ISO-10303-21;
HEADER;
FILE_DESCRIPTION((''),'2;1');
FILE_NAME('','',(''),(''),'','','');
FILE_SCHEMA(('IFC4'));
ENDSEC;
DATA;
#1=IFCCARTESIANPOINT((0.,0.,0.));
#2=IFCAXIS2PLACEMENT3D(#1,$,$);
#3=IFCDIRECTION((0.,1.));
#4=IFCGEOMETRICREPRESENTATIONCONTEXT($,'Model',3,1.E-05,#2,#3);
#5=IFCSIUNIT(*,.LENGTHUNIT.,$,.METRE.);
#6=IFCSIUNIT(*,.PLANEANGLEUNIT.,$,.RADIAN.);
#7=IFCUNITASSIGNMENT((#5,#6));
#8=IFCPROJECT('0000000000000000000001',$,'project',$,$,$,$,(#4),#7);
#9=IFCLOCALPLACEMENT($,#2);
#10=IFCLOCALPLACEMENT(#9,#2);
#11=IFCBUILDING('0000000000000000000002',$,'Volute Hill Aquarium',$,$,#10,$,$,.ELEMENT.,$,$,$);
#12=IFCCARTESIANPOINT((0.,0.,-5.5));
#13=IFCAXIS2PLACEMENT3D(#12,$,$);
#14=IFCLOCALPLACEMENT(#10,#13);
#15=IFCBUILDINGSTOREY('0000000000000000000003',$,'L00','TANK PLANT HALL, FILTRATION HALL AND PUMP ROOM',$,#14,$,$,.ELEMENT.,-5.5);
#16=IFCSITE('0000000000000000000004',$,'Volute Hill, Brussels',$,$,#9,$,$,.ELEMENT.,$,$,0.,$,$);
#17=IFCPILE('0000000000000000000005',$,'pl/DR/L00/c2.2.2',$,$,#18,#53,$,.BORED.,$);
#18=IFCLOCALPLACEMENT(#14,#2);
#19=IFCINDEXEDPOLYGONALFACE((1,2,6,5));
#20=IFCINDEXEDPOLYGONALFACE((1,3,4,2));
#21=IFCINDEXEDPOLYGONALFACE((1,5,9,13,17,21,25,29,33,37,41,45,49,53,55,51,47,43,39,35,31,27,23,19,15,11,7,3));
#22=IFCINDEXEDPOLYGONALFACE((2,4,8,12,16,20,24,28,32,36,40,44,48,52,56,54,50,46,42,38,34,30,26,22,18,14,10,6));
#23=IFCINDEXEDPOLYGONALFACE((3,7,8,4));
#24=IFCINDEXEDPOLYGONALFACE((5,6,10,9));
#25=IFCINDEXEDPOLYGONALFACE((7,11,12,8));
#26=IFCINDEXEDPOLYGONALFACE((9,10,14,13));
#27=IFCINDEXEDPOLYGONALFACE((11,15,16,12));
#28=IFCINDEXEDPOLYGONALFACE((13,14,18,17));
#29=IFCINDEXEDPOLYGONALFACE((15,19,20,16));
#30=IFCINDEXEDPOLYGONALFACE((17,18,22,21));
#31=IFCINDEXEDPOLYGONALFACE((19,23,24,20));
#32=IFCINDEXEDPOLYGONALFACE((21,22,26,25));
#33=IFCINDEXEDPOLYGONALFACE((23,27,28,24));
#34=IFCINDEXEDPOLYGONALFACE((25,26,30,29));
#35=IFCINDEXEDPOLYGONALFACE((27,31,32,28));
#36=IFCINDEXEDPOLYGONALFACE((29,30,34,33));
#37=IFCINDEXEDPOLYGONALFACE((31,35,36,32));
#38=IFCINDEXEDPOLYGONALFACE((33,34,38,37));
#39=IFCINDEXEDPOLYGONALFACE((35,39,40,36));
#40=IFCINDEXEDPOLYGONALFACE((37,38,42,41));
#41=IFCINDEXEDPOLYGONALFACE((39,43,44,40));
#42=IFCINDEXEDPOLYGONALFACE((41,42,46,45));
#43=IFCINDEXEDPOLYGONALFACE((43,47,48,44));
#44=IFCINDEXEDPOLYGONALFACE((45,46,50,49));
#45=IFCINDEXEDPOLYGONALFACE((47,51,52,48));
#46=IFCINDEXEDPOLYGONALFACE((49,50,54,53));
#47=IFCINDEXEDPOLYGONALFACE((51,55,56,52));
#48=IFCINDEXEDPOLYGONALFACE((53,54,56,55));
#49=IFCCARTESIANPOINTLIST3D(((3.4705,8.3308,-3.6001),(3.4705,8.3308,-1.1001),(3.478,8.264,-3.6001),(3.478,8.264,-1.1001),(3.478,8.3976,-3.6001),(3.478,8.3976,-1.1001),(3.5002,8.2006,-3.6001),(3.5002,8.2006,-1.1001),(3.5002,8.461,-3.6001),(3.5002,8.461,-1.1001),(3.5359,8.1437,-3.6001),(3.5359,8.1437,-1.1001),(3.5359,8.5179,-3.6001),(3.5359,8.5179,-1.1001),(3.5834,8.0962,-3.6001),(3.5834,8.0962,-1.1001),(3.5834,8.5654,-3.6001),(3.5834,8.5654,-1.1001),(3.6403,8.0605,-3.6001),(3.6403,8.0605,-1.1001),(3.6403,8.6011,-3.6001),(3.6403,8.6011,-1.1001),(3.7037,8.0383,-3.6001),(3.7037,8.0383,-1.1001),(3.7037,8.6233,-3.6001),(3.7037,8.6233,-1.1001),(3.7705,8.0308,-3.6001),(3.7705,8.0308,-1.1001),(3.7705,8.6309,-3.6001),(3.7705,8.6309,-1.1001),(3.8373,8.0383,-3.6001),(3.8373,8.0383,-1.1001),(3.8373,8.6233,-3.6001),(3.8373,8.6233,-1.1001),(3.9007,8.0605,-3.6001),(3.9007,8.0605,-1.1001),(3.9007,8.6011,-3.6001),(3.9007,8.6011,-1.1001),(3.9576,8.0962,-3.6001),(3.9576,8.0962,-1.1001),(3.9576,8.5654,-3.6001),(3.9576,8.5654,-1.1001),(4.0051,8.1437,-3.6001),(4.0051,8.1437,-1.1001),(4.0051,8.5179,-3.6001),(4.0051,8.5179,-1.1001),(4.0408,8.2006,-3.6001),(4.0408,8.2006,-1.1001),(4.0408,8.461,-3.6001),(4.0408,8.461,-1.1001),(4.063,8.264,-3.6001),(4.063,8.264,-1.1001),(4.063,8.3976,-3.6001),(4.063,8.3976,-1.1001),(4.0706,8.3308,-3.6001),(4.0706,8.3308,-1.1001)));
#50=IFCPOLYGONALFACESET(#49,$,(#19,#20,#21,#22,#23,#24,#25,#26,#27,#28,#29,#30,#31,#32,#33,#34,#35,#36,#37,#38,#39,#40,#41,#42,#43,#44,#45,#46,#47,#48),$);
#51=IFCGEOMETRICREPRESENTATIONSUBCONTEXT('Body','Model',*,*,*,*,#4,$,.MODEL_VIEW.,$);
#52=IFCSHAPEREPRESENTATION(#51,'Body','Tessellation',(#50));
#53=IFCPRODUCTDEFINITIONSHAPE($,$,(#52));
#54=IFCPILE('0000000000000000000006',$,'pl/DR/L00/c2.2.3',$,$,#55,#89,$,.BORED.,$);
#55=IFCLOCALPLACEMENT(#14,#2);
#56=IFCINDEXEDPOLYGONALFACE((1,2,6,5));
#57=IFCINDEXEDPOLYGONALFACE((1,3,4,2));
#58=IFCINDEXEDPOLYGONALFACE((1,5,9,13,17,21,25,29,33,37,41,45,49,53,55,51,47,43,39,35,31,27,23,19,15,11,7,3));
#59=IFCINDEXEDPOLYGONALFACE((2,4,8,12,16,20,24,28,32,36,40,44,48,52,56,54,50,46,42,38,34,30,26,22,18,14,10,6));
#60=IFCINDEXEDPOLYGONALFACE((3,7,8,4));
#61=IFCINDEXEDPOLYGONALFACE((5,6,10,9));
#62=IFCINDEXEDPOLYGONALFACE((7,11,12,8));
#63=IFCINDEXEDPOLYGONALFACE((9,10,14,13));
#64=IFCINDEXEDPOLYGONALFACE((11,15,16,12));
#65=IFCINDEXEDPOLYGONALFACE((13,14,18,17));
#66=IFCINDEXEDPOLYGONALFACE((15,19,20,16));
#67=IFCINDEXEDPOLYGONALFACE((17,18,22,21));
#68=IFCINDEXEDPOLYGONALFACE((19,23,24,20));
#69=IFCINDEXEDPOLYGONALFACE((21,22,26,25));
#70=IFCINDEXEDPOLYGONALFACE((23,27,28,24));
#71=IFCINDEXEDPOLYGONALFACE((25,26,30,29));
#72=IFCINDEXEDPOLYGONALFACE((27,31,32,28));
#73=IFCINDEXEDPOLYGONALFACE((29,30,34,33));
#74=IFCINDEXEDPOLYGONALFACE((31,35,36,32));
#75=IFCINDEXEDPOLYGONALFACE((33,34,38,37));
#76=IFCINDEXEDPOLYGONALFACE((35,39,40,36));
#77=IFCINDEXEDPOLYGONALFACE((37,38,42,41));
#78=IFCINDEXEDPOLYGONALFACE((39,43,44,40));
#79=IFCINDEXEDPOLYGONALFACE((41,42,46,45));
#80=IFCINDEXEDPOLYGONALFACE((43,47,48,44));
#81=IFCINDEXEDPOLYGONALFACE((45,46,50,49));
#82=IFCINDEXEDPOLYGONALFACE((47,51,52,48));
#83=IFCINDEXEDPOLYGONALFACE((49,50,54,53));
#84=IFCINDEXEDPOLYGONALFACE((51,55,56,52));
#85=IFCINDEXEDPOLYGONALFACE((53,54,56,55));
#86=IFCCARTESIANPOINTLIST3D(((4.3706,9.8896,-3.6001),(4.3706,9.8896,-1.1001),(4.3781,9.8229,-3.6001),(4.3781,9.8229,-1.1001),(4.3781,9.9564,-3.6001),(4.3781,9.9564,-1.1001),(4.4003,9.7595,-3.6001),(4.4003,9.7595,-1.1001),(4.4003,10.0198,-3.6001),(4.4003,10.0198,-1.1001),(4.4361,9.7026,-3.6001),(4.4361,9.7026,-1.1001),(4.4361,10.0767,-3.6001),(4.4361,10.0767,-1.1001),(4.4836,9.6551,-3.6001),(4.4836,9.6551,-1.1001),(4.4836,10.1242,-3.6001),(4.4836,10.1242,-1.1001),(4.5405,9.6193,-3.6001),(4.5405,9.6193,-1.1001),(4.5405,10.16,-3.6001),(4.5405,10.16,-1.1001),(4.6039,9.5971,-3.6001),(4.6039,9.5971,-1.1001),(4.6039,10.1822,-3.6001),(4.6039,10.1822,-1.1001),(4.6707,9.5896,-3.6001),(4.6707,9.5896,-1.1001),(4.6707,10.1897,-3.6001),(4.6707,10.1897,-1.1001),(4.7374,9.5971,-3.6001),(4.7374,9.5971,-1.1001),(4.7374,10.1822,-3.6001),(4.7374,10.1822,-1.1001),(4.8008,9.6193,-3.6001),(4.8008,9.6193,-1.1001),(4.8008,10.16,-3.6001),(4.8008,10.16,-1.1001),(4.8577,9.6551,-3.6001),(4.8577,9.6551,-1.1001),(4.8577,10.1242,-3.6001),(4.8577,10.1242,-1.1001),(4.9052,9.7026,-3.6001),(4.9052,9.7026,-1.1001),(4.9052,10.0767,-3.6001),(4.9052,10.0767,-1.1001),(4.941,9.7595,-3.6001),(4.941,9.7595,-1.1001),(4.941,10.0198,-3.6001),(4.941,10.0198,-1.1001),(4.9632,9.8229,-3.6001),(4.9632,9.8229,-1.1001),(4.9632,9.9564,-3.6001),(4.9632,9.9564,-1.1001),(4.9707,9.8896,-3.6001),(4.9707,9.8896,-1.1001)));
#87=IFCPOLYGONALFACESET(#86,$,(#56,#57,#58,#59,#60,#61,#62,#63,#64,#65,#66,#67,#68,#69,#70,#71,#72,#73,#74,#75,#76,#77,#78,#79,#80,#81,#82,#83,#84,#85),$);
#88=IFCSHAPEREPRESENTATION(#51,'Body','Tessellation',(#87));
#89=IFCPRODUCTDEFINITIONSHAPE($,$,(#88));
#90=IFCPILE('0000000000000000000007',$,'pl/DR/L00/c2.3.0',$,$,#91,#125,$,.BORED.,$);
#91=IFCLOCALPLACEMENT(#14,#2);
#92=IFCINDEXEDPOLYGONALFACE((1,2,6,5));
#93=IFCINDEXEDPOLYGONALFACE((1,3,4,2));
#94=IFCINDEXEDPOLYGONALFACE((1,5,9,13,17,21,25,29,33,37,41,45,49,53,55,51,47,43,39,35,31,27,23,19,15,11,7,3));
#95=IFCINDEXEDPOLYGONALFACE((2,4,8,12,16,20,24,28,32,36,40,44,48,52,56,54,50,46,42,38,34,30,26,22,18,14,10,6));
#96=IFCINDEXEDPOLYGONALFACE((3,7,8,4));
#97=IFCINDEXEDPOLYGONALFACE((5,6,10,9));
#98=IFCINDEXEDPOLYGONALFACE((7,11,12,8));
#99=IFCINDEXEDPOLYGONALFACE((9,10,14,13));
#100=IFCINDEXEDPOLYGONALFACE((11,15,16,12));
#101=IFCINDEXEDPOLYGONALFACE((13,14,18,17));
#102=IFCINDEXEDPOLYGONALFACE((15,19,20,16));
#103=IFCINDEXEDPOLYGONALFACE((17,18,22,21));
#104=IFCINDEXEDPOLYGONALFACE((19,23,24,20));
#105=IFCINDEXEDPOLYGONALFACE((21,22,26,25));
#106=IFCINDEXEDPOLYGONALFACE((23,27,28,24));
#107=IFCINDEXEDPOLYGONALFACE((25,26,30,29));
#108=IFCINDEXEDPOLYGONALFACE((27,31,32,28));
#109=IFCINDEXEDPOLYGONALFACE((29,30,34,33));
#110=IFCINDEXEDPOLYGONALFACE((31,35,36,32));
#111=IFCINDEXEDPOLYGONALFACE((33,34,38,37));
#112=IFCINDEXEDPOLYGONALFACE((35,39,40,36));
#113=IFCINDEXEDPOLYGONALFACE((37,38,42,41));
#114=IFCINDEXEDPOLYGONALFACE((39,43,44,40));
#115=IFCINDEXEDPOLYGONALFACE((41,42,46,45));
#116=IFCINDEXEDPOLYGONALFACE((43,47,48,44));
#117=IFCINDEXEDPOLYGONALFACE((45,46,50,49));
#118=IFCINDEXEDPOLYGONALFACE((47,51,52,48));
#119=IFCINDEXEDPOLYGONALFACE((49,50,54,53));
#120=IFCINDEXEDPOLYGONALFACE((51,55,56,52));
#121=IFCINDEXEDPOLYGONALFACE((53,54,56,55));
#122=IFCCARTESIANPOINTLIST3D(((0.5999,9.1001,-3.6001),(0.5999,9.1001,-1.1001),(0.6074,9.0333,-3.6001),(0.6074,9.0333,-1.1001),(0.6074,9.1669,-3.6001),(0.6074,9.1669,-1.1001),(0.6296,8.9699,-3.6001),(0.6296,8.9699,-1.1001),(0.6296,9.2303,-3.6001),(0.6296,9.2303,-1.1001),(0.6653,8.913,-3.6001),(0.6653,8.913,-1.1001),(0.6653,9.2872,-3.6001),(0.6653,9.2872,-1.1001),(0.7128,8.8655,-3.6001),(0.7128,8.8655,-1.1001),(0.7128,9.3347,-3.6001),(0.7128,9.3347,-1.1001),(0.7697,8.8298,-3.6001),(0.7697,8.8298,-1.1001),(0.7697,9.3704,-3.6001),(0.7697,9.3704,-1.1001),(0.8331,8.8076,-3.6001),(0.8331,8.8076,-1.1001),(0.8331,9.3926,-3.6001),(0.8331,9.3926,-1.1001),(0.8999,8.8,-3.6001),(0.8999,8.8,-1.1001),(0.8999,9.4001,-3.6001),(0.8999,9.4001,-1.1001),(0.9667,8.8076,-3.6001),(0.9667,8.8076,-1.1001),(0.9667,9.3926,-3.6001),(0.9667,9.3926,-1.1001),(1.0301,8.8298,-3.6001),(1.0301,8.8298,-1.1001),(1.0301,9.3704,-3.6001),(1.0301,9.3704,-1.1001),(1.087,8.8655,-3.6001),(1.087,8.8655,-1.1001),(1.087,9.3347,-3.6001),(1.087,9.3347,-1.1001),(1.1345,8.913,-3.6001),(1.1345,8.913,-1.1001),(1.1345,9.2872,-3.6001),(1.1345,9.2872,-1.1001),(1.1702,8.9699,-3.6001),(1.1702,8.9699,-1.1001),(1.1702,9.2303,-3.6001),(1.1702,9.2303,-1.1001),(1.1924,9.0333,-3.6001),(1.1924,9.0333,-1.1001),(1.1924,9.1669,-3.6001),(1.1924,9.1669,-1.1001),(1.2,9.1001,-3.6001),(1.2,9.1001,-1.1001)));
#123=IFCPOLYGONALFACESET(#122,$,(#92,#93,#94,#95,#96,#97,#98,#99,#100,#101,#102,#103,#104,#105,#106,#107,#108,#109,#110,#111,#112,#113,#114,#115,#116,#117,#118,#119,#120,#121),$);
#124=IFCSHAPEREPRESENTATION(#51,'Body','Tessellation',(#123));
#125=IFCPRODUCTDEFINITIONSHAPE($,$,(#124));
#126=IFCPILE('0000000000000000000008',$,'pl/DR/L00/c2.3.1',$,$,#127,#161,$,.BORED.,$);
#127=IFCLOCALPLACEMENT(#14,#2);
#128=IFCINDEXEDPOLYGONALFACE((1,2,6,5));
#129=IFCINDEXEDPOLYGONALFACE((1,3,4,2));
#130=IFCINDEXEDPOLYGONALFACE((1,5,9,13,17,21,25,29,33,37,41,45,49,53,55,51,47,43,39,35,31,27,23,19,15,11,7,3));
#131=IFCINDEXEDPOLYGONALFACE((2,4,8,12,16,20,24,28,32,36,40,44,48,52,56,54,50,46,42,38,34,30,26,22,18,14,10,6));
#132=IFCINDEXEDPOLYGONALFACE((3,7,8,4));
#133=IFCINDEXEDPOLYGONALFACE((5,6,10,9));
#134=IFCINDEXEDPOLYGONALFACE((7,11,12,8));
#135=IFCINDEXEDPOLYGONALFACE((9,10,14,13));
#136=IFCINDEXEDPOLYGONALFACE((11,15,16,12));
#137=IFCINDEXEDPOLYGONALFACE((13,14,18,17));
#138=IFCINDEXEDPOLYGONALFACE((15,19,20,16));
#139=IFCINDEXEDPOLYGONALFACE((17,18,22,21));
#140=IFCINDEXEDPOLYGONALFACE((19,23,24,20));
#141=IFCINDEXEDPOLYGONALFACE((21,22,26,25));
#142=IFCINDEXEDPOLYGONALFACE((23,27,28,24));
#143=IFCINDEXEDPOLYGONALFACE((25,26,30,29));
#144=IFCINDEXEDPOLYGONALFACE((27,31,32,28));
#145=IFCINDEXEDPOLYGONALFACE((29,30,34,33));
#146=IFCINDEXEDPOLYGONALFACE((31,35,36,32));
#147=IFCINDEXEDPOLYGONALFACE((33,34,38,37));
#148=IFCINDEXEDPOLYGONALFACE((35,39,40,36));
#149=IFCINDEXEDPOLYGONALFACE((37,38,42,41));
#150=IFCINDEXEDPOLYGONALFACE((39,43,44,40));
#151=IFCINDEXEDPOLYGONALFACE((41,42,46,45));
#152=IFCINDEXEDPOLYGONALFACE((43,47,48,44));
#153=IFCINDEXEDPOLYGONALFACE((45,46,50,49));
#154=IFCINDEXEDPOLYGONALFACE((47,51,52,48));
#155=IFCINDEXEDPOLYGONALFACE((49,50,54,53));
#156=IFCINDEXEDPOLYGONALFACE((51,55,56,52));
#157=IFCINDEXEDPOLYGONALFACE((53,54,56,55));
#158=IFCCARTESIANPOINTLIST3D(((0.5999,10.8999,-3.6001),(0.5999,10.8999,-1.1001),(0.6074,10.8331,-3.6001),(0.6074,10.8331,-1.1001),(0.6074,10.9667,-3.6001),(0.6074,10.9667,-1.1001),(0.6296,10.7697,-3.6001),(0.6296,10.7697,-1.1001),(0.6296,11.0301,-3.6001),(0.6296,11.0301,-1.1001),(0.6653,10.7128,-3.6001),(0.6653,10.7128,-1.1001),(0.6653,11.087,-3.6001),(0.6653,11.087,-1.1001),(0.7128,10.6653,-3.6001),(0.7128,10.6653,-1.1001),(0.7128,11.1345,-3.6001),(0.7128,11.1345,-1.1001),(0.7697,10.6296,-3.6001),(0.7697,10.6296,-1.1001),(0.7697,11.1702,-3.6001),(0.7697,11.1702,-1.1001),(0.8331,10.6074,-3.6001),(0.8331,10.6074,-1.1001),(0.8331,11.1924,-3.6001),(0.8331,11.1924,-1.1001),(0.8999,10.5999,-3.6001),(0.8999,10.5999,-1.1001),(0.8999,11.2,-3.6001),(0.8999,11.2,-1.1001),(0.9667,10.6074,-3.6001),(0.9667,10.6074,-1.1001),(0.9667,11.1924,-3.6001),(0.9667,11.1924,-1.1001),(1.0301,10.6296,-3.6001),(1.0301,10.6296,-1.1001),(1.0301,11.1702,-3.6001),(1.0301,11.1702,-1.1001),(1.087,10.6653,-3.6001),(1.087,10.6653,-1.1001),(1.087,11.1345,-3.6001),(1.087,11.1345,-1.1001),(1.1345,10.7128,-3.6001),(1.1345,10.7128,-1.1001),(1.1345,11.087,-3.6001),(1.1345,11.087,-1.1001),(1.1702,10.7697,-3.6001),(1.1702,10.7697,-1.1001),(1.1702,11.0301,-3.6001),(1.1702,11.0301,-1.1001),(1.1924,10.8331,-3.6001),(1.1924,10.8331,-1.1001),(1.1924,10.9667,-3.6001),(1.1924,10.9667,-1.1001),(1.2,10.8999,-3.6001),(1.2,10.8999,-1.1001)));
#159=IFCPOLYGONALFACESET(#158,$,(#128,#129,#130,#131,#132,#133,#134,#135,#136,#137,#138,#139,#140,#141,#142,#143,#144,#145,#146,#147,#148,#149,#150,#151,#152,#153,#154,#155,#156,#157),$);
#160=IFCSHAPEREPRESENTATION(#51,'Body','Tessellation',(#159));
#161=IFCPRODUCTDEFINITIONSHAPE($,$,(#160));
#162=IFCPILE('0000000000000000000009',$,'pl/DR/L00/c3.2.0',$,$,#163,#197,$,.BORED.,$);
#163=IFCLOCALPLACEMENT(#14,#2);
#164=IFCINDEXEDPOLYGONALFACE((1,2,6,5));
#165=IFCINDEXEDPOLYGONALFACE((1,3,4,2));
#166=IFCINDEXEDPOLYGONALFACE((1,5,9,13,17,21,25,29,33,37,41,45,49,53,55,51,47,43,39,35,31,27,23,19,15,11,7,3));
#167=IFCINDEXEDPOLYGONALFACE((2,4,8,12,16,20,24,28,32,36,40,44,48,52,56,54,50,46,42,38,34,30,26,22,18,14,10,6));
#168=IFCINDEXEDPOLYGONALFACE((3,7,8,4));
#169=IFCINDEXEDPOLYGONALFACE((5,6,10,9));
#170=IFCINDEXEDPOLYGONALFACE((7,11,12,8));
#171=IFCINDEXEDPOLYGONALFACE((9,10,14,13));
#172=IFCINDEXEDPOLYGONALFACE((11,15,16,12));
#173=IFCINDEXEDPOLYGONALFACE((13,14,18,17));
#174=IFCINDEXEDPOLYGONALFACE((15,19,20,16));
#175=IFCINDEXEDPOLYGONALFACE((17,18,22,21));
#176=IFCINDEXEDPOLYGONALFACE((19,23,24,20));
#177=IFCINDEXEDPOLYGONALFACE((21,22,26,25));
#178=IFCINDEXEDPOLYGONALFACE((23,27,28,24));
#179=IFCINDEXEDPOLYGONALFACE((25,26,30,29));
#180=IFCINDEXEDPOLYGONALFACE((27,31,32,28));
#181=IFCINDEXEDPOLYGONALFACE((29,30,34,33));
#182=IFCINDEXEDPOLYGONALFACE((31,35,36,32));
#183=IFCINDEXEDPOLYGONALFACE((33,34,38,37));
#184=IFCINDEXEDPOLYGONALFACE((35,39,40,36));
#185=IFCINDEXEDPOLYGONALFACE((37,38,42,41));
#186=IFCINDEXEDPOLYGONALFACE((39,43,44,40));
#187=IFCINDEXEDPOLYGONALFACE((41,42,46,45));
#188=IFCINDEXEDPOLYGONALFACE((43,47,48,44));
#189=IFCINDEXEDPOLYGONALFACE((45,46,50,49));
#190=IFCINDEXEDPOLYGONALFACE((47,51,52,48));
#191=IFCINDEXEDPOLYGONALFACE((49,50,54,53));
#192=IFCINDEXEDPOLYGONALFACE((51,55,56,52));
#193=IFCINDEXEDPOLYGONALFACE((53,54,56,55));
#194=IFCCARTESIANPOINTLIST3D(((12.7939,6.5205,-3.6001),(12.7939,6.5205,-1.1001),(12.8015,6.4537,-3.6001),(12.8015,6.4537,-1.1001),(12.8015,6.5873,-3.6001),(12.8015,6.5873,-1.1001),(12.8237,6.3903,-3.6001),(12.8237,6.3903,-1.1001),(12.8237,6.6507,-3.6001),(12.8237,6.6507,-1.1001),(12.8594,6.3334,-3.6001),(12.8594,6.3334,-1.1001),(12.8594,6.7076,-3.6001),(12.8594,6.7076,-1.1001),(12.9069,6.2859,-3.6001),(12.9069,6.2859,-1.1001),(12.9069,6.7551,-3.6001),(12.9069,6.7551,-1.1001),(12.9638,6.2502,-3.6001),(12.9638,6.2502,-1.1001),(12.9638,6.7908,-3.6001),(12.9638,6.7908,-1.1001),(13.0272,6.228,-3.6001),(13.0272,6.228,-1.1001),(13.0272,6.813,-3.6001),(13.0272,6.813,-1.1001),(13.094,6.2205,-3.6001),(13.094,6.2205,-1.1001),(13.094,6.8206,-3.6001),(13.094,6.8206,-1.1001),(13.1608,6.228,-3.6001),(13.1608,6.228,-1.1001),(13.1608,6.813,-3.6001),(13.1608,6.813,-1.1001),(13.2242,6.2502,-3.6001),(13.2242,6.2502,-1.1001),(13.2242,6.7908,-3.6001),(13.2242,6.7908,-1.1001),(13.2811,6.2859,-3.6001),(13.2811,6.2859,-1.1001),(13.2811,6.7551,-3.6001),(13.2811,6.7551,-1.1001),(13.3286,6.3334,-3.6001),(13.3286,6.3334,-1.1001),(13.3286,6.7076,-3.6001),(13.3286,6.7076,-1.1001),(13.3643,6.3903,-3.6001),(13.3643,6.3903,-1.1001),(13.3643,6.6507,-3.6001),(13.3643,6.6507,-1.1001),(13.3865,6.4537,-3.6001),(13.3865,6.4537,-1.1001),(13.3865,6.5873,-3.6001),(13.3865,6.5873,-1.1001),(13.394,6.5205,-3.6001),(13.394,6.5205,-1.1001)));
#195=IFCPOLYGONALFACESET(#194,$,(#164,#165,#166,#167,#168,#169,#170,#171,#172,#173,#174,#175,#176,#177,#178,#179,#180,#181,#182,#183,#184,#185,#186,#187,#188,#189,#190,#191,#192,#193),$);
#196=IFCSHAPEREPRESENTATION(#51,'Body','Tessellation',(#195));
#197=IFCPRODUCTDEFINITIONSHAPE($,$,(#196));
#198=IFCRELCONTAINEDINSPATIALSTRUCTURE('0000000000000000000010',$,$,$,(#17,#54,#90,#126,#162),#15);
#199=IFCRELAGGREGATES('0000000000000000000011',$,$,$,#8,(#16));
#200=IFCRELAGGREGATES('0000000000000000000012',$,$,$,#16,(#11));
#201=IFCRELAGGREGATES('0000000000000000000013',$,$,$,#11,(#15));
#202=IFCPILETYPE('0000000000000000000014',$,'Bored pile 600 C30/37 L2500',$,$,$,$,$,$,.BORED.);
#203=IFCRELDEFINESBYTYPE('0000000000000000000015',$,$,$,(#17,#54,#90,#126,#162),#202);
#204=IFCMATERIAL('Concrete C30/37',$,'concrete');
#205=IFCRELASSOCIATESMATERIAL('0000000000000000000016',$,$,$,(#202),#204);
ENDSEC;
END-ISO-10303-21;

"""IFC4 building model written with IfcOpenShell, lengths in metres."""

from ifc_helpers import new_model, si_unit, direction, frame, origin, origin_2d, place, context, subcontext, project, spatial, circle, extrude, material, type_object, element, save


model = new_model("IFC4")

# Units and contexts
model_context = context("Model", 3, precision=1e-05, world=origin(), true_north=direction((0.0, 1.0)))
body_context = subcontext(model_context, "Body", "Model", "MODEL_VIEW")
ifc_project = project(units=[si_unit("LENGTHUNIT", "METRE"), si_unit("PLANEANGLEUNIT", "RADIAN")], contexts=[model_context])

# Site, building, storey
site_placement = place(None, origin())
site = spatial("IfcSite", under=ifc_project, at=site_placement, Name="Volute Hill, Brussels", CompositionType="ELEMENT", RefElevation=0.0)
building_placement = place(site_placement, origin())
building = spatial("IfcBuilding", under=site, at=building_placement, Name="Volute Hill Aquarium", CompositionType="ELEMENT")
storey_placement = place(building_placement, frame((0.0, 0.0, -5.5)))
storey = spatial("IfcBuildingStorey", under=building, at=storey_placement, Name="L00", Description="TANK PLANT HALL, FILTRATION HALL AND PUMP ROOM", CompositionType="ELEMENT", Elevation=-5.5)

# Piles
ifc_material_1 = material(Name="Concrete C30/37", Category="concrete")
pile_type = type_object("IfcPileType", Name="Bored pile 600 C30/37 L2500", PredefinedType="BORED", material=ifc_material_1)
for number, where, z_axis, x_axis, name in (
    (1, (3.7705, 8.3308, -1.1001), (0.0, 0.0, -1.0), (1.0, 0.0, 0.0), "pl/DR/L00/c2.2.2"),
    (2, (4.6707, 9.8896, -1.1001), (0.0, 0.0, -1.0), (1.0, 0.0, 0.0), "pl/DR/L00/c2.2.3"),
    (3, (0.8999, 9.1001, -1.1001), (0.0, 0.0, -1.0), (1.0, 0.0, 0.0), "pl/DR/L00/c2.3.0"),
    (4, (0.8999, 10.8999, -1.1001), (0.0, 0.0, -1.0), (1.0, 0.0, 0.0), "pl/DR/L00/c2.3.1"),
    (5, (13.094, 6.5205, -1.1001), (0.0, 0.0, -1.0), (1.0, 0.0, 0.0), "pl/DR/L00/c3.2.0"),
):
    element("IfcPile", number, at=place(storey_placement, frame(where, z_axis=z_axis, x_axis=x_axis)), inside=storey, type_object=pile_type, Name=name, PredefinedType="BORED", context=body_context, shape_type="SweptSolid", body=[
        extrude(circle(Radius=0.3, at=origin_2d()), origin(), (0.0, 0.0, 1.0), 2.5),
    ])

save(model, "model.ifc")
